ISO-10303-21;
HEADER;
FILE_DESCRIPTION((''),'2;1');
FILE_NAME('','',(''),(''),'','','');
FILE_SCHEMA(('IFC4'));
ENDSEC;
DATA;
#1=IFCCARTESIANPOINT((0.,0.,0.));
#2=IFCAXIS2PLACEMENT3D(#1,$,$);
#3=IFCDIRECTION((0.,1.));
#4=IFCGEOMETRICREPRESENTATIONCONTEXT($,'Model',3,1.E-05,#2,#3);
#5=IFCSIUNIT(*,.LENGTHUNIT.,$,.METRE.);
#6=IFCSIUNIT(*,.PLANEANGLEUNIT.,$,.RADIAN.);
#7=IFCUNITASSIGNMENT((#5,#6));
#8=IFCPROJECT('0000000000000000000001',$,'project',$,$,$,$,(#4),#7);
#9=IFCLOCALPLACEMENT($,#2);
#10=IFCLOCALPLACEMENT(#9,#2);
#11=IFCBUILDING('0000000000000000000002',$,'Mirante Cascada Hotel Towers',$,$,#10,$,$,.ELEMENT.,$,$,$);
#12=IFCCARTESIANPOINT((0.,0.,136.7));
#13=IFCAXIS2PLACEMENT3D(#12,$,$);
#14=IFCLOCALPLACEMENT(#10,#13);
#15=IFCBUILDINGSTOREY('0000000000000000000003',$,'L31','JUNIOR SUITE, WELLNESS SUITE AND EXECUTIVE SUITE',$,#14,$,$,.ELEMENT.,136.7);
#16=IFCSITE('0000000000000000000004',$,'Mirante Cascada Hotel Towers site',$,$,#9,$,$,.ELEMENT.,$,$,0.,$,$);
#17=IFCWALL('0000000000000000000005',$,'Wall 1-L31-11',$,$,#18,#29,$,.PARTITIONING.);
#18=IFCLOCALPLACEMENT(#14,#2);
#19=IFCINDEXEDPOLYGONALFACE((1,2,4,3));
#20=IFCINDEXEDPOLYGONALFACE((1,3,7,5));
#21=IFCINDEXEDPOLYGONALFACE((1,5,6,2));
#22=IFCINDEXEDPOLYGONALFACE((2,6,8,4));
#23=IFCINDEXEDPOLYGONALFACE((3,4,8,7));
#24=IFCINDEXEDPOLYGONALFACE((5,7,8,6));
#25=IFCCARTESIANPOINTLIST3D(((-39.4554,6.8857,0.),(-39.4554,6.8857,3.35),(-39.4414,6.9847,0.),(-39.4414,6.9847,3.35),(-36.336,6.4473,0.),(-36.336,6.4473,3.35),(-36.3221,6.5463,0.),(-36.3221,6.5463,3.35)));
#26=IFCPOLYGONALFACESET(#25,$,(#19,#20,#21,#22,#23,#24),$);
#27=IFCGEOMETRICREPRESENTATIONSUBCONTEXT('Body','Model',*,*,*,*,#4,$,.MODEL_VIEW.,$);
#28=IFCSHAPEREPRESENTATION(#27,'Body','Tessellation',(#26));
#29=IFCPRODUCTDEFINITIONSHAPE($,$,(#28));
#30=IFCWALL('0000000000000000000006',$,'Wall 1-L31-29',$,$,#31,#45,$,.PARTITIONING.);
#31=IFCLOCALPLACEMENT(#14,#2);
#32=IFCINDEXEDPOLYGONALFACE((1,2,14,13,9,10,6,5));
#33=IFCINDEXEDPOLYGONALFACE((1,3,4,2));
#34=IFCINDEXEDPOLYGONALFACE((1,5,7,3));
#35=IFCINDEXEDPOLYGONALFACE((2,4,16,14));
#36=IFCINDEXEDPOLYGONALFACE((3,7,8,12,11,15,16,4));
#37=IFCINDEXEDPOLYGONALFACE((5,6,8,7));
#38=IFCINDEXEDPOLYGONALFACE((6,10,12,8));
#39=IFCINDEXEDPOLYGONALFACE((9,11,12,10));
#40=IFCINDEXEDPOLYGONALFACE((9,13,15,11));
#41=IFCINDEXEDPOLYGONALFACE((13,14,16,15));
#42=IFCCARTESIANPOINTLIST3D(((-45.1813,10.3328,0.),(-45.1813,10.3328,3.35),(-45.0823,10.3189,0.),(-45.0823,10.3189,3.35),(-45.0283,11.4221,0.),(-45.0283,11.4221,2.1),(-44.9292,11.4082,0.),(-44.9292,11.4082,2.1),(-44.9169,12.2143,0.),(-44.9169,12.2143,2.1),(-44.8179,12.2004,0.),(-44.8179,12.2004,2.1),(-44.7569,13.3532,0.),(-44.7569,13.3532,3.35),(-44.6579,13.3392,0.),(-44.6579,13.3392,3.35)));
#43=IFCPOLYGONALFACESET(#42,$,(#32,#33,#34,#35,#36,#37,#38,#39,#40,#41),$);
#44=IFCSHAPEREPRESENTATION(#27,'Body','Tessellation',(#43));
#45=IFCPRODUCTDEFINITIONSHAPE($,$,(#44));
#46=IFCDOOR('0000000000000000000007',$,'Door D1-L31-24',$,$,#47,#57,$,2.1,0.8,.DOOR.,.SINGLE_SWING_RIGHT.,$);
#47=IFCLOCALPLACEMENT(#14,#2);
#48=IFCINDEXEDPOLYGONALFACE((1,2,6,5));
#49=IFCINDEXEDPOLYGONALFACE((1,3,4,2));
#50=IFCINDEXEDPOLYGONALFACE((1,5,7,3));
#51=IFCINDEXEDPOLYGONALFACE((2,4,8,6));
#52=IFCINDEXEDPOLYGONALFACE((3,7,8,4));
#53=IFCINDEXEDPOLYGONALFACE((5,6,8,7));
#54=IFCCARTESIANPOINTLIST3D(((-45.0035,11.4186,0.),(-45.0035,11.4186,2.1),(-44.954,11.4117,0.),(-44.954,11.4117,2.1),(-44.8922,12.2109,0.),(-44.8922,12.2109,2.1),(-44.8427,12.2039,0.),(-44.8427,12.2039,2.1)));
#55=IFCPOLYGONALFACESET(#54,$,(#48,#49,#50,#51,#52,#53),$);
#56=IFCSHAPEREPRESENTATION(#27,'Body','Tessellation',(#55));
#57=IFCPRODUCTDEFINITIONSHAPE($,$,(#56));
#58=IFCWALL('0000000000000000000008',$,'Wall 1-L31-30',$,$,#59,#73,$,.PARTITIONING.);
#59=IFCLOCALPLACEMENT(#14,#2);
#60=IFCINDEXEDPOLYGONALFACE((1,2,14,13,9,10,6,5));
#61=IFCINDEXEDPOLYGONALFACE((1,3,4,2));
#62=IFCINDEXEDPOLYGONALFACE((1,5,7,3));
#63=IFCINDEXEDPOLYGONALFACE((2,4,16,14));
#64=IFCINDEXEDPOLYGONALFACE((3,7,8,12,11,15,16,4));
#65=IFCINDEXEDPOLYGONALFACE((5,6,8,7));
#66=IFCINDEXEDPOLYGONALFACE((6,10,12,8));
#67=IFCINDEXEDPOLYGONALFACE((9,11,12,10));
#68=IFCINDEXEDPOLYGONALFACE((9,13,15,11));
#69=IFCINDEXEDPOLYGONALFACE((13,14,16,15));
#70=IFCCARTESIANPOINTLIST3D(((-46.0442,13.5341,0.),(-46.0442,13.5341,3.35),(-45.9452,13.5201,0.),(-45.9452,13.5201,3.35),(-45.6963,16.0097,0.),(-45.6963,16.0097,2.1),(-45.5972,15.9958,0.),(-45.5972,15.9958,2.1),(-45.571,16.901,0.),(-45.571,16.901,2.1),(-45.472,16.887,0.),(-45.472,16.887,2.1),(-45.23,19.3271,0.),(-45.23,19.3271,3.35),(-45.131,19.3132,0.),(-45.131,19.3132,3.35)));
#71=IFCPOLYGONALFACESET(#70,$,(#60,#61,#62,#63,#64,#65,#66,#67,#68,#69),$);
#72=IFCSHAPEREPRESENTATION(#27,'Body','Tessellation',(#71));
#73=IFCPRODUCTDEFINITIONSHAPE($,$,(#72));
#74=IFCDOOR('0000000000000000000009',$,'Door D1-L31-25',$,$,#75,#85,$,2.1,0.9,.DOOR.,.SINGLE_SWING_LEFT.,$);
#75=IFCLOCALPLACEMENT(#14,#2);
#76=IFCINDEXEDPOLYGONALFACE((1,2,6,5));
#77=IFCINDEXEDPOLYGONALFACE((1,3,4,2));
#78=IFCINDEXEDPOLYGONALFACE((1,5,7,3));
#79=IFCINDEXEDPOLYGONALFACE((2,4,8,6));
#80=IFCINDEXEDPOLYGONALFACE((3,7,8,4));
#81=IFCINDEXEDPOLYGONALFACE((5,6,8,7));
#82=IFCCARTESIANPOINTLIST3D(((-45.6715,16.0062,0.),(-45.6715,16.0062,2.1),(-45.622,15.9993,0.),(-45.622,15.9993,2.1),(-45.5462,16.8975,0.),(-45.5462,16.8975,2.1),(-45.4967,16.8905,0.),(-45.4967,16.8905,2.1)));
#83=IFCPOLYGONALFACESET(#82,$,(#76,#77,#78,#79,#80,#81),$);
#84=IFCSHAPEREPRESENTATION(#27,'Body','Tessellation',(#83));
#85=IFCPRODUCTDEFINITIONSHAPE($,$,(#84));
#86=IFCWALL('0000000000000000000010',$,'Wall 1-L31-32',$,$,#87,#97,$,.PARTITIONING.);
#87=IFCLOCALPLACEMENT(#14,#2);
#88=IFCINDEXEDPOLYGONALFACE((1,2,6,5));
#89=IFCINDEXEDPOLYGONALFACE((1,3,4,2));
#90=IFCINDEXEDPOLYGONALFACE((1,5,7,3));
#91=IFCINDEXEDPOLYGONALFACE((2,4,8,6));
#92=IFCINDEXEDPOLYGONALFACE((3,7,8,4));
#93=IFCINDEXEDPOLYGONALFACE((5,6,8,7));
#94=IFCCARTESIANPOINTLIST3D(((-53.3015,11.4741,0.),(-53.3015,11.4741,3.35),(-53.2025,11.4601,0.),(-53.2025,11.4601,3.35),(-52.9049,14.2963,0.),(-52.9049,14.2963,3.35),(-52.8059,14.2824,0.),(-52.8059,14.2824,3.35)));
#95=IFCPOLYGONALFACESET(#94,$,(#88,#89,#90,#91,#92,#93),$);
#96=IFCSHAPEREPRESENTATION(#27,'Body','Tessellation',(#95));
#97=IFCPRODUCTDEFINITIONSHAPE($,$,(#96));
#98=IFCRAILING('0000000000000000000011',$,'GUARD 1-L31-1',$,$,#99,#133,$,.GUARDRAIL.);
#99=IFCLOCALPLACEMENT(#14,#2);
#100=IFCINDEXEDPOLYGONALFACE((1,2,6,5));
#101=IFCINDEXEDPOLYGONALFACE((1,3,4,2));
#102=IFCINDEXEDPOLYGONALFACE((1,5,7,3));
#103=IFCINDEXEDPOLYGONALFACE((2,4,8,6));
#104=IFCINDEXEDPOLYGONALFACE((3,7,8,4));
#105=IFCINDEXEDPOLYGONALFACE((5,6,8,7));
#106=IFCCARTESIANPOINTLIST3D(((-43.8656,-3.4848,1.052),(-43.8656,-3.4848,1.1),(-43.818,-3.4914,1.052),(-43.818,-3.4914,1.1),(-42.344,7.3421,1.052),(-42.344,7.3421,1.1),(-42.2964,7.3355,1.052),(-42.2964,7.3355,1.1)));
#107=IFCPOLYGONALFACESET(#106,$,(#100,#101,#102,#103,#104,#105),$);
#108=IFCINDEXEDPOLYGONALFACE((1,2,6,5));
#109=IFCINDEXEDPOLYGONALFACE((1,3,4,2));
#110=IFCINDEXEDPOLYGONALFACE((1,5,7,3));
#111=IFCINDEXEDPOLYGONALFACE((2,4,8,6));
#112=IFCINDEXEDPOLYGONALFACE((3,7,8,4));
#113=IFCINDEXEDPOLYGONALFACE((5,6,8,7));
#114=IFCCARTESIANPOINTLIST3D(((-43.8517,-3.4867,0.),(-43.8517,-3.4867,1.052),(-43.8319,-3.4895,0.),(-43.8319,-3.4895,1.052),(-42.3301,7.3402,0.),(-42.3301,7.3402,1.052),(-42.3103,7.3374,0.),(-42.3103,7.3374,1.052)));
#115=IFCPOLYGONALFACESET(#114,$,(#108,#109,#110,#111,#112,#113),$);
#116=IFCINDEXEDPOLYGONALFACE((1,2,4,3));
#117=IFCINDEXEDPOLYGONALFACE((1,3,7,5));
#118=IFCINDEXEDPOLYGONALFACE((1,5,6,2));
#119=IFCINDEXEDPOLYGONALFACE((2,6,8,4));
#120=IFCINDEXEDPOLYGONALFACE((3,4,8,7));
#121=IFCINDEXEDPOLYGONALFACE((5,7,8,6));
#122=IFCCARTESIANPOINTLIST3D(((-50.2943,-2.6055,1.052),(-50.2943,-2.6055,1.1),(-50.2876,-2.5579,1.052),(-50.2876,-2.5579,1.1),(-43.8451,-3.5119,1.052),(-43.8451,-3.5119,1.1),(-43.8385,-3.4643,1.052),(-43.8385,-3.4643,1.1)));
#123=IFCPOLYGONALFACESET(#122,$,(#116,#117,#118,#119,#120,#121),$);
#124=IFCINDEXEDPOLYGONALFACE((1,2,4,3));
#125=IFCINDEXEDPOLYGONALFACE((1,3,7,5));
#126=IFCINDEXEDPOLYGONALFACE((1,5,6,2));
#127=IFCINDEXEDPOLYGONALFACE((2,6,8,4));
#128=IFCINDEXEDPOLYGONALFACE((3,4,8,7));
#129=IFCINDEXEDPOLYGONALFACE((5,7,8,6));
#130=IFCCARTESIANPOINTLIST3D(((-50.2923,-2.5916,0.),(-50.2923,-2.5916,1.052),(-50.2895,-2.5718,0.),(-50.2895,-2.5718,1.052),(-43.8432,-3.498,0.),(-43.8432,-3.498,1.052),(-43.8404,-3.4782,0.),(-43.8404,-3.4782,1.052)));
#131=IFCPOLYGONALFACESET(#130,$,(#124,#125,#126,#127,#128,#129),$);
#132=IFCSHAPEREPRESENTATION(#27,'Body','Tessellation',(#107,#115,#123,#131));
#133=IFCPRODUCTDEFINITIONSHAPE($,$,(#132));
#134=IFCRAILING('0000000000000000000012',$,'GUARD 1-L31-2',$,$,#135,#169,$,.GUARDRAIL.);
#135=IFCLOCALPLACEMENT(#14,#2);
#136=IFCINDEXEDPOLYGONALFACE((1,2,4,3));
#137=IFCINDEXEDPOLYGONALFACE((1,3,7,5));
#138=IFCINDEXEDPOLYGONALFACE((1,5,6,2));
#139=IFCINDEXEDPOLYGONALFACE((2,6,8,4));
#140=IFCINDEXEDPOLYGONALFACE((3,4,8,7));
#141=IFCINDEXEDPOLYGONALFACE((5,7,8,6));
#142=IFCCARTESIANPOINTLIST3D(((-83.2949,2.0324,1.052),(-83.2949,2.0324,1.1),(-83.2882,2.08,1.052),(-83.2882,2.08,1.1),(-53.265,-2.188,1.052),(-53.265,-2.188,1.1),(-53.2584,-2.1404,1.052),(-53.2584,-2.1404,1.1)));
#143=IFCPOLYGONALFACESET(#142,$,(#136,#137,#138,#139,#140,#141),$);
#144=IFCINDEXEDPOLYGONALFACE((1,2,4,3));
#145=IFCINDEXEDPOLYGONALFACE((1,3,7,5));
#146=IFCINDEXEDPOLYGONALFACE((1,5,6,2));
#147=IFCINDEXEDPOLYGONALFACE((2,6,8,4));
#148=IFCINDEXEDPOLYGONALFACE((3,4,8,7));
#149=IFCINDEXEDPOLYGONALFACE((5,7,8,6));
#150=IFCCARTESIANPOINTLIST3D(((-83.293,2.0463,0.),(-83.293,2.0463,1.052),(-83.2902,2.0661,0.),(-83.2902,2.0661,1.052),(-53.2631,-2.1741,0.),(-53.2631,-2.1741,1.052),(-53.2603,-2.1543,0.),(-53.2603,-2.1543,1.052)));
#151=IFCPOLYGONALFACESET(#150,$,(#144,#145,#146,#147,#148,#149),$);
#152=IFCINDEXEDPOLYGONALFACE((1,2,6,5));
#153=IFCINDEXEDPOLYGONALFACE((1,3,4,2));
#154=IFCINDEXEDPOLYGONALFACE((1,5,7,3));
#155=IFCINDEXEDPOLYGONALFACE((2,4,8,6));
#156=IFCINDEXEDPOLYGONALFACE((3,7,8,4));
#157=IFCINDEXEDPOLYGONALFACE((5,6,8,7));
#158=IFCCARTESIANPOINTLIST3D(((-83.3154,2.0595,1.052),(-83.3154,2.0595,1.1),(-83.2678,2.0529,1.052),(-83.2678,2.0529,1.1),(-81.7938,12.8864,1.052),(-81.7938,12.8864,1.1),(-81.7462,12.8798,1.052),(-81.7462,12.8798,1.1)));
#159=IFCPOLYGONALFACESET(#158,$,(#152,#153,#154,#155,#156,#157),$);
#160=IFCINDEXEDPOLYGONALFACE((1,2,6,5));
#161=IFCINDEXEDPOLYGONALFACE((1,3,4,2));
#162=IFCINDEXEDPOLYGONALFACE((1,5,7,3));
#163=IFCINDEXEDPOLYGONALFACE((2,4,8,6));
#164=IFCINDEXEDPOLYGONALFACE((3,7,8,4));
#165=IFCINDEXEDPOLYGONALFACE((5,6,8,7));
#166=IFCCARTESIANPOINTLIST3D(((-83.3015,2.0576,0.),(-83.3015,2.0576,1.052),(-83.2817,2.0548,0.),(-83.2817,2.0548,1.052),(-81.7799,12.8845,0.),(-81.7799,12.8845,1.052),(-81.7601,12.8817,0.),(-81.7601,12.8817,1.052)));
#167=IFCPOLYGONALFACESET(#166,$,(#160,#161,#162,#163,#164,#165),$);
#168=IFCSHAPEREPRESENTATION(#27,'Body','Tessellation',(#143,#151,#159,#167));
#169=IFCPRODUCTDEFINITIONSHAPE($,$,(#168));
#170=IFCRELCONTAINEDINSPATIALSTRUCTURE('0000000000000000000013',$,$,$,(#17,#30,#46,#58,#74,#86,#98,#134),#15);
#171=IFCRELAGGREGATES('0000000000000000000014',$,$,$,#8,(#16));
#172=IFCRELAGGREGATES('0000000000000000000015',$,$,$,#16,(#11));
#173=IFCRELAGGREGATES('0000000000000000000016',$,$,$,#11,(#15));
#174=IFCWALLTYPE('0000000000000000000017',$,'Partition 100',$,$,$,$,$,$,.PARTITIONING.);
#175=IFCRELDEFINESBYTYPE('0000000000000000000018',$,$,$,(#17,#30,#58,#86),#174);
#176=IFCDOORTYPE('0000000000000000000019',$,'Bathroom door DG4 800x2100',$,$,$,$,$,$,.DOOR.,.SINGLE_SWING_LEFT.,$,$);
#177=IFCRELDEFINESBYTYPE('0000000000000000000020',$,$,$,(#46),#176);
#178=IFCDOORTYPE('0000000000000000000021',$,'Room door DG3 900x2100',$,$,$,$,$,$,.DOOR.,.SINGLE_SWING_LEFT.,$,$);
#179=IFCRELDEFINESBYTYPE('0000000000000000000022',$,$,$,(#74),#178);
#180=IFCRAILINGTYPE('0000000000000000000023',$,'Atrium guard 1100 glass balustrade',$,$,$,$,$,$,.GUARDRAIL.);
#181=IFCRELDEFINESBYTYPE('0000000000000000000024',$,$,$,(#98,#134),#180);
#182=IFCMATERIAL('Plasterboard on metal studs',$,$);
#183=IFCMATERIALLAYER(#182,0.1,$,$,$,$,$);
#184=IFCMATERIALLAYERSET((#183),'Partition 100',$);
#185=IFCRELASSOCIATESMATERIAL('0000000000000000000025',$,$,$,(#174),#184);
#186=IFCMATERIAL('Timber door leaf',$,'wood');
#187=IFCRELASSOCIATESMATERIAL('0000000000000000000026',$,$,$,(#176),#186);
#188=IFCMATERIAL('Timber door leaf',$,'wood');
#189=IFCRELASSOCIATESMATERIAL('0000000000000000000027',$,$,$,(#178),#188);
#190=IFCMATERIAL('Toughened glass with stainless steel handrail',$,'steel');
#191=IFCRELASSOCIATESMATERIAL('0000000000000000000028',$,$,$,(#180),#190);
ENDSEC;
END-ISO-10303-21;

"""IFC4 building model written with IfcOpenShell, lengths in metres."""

from ifc_helpers import new_model, si_unit, direction, frame, frame_2d, origin, origin_2d, place, context, subcontext, project, spatial, rectangle, extrude, material, layer, layer_set, type_object, element, fill, save


model = new_model("IFC4")

# Units and contexts
model_context = context("Model", 3, precision=1e-05, world=origin(), true_north=direction((0.0, 1.0)))
body_context = subcontext(model_context, "Body", "Model", "MODEL_VIEW")
ifc_project = project(units=[si_unit("LENGTHUNIT", "METRE"), si_unit("PLANEANGLEUNIT", "RADIAN")], contexts=[model_context])

# Site, building, storey
site_placement = place(None, origin())
site = spatial("IfcSite", under=ifc_project, at=site_placement, Name="Mirante Cascada Hotel Towers site", CompositionType="ELEMENT", RefElevation=0.0)
building_placement = place(site_placement, origin())
building = spatial("IfcBuilding", under=site, at=building_placement, Name="Mirante Cascada Hotel Towers", CompositionType="ELEMENT")
storey_placement = place(building_placement, frame((0.0, 0.0, 136.7)))
storey = spatial("IfcBuildingStorey", under=building, at=storey_placement, Name="L31", Description="JUNIOR SUITE, WELLNESS SUITE AND EXECUTIVE SUITE", CompositionType="ELEMENT", Elevation=136.7)

# Wall
ifc_material_1 = material(Name="Plasterboard on metal studs")
ifc_layer_1 = layer(ifc_material_1, 0.1)
ifc_layer_set_1 = layer_set([ifc_layer_1], Name="Partition 100")
wall_type_1 = type_object("IfcWallType", Name="Partition 100", PredefinedType="PARTITIONING", material=ifc_layer_set_1)
wall_1_placement = place(storey_placement, frame((-39.4484, 6.9352, 0.0), z_axis=(0.0, 0.0, 1.0), x_axis=(0.990268, -0.139177, 0.0)))
element("IfcWall", 1, at=wall_1_placement, inside=storey, type_object=wall_type_1, Name="Wall 1-L31-11", PredefinedType="PARTITIONING", context=body_context, shape_type="SweptSolid", body=[
    extrude(rectangle(XDim=3.15, YDim=0.1, at=frame_2d((1.575, 0.0))), origin(), (0.0, 0.0, 1.0), 3.35),
])

# Walls, openings, doors
wall_2_placement = place(storey_placement, frame((-44.7074, 13.3462, 0.0), z_axis=(0.0, 0.0, 1.0), x_axis=(-0.139149, -0.990271, 0.0)))
wall_2 = element("IfcWall", 2, at=wall_2_placement, inside=storey, type_object=wall_type_1, Name="Wall 1-L31-29", PredefinedType="PARTITIONING", context=body_context, shape_type="SweptSolid", body=[
    extrude(rectangle(XDim=3.05, YDim=0.1, at=frame_2d((1.525, 0.0))), origin(), (0.0, 0.0, 1.0), 3.35),
])
opening_1_placement = place(wall_2_placement, frame((1.15, 0.0, 0.0)))
opening_1 = element("IfcOpeningElement", 3, at=opening_1_placement, cuts=wall_2, PredefinedType="OPENING", context=body_context, shape_type="SweptSolid", body=[
    extrude(rectangle(XDim=0.8, YDim=2.1, at=frame_2d((0.4, 1.05))), frame((0.0, 0.05, 0.0), z_axis=(0.0, -1.0, 0.0), x_axis=(1.0, 0.0, 0.0)), (0.0, 0.0, 1.0), 0.1),
])
ifc_material_2 = material(Name="Timber door leaf", Category="wood")
door_type_1 = type_object("IfcDoorType", Name="Bathroom door DG4 800x2100", OperationType="SINGLE_SWING_LEFT", PredefinedType="DOOR", material=ifc_material_2)
door_1_placement = place(opening_1_placement, frame((0.8, 0.0, 0.0), z_axis=(0.0, 0.0, 1.0), x_axis=(-1.0, 0.0, 0.0)))
door_1 = element("IfcDoor", 4, at=door_1_placement, inside=storey, type_object=door_type_1, Name="Door D1-L31-24", OperationType="SINGLE_SWING_RIGHT", OverallHeight=2.1, OverallWidth=0.8, PredefinedType="DOOR", context=body_context, shape_type="SweptSolid", body=[
    extrude(rectangle(XDim=0.8, YDim=2.1, at=frame_2d((0.4, 1.05))), frame((0.0, 0.025, 0.0), z_axis=(0.0, -1.0, 0.0), x_axis=(1.0, 0.0, 0.0)), (0.0, 0.0, 1.0), 0.05),
])
fill(opening_1, door_1)
wall_3_placement = place(storey_placement, frame((-45.9947, 13.5271, 0.0), z_axis=(0.0, 0.0, 1.0), x_axis=(0.139179, 0.990267, 0.0)))
wall_3 = element("IfcWall", 5, at=wall_3_placement, inside=storey, type_object=wall_type_1, Name="Wall 1-L31-30", PredefinedType="PARTITIONING", context=body_context, shape_type="SweptSolid", body=[
    extrude(rectangle(XDim=5.85, YDim=0.1, at=frame_2d((2.925, 0.0))), origin(), (0.0, 0.0, 1.0), 3.35),
])
opening_2_placement = place(wall_3_placement, frame((2.5, 0.0, 0.0)))
opening_2 = element("IfcOpeningElement", 6, at=opening_2_placement, cuts=wall_3, PredefinedType="OPENING", context=body_context, shape_type="SweptSolid", body=[
    extrude(rectangle(XDim=0.9, YDim=2.1, at=frame_2d((0.45, 1.05))), frame((0.0, 0.05, 0.0), z_axis=(0.0, -1.0, 0.0), x_axis=(1.0, 0.0, 0.0)), (0.0, 0.0, 1.0), 0.1),
])
ifc_material_3 = material(Name="Timber door leaf", Category="wood")
door_type_2 = type_object("IfcDoorType", Name="Room door DG3 900x2100", OperationType="SINGLE_SWING_LEFT", PredefinedType="DOOR", material=ifc_material_3)
door_2_placement = place(opening_2_placement, origin())
door_2 = element("IfcDoor", 7, at=door_2_placement, inside=storey, type_object=door_type_2, Name="Door D1-L31-25", OperationType="SINGLE_SWING_LEFT", OverallHeight=2.1, OverallWidth=0.9, PredefinedType="DOOR", context=body_context, shape_type="SweptSolid", body=[
    extrude(rectangle(XDim=0.9, YDim=2.1, at=frame_2d((0.45, 1.05))), frame((0.0, 0.025, 0.0), z_axis=(0.0, -1.0, 0.0), x_axis=(1.0, 0.0, 0.0)), (0.0, 0.0, 1.0), 0.05),
])
fill(opening_2, door_2)

# Wall
wall_4_placement = place(storey_placement, frame((-53.252, 11.4671, 0.0), z_axis=(0.0, 0.0, 1.0), x_axis=(0.139156, 0.99027, 0.0)))
element("IfcWall", 8, at=wall_4_placement, inside=storey, type_object=wall_type_1, Name="Wall 1-L31-32", PredefinedType="PARTITIONING", context=body_context, shape_type="SweptSolid", body=[
    extrude(rectangle(XDim=2.85, YDim=0.1, at=frame_2d((1.425, 0.0))), origin(), (0.0, 0.0, 1.0), 3.35),
])

# Railings
ifc_material_4 = material(Name="Toughened glass with stainless steel handrail", Category="steel")
railing_type = type_object("IfcRailingType", Name="Atrium guard 1100 glass balustrade", PredefinedType="GUARDRAIL", material=ifc_material_4)
railing_1_placement = place(storey_placement, frame((-42.3202, 7.3388, 0.0)))
element("IfcRailing", 9, at=railing_1_placement, inside=storey, type_object=railing_type, Name="GUARD 1-L31-1", PredefinedType="GUARDRAIL", context=body_context, shape_type="SweptSolid", body=[
    extrude(rectangle(XDim=0.048, YDim=0.048, at=origin_2d()), frame((0.0, 0.0, 1.076), z_axis=(-0.139171, -0.990268, 0.0), x_axis=(0.990268, -0.139171, 0.0)), (0.0, 0.0, 1.0), 10.9333),
    extrude(rectangle(XDim=0.02, YDim=1.052, at=origin_2d()), frame((0.0, 0.0, 0.526), z_axis=(-0.139171, -0.990268, 0.0), x_axis=(0.990268, -0.139171, 0.0)), (0.0, 0.0, 1.0), 10.9333),
    extrude(rectangle(XDim=0.048, YDim=0.048, at=origin_2d()), frame((-1.5216, -10.8269, 1.076), z_axis=(-0.990267, 0.139179, 0.0), x_axis=(-0.139179, -0.990267, 0.0)), (0.0, 0.0, 1.0), 6.5125),
    extrude(rectangle(XDim=0.02, YDim=1.052, at=origin_2d()), frame((-1.5216, -10.8269, 0.526), z_axis=(-0.990267, 0.139179, 0.0), x_axis=(-0.139179, -0.990267, 0.0)), (0.0, 0.0, 1.0), 6.5125),
])
railing_2_placement = place(storey_placement, frame((-53.2617, -2.1642, 0.0)))
element("IfcRailing", 10, at=railing_2_placement, inside=storey, type_object=railing_type, Name="GUARD 1-L31-2", PredefinedType="GUARDRAIL", context=body_context, shape_type="SweptSolid", body=[
    extrude(rectangle(XDim=0.048, YDim=0.048, at=origin_2d()), frame((0.0, 0.0, 1.076), z_axis=(-0.990268, 0.139172, 0.0), x_axis=(-0.139172, -0.990268, 0.0)), (0.0, 0.0, 1.0), 30.325),
    extrude(rectangle(XDim=0.02, YDim=1.052, at=origin_2d()), frame((0.0, 0.0, 0.526), z_axis=(-0.990268, 0.139172, 0.0), x_axis=(-0.139172, -0.990268, 0.0)), (0.0, 0.0, 1.0), 30.325),
    extrude(rectangle(XDim=0.048, YDim=0.048, at=origin_2d()), frame((-30.0299, 4.2204, 1.076), z_axis=(0.139171, 0.990268, 0.0), x_axis=(-0.990268, 0.139171, 0.0)), (0.0, 0.0, 1.0), 10.9333),
    extrude(rectangle(XDim=0.02, YDim=1.052, at=origin_2d()), frame((-30.0299, 4.2204, 0.526), z_axis=(0.139171, 0.990268, 0.0), x_axis=(-0.990268, 0.139171, 0.0)), (0.0, 0.0, 1.0), 10.9333),
])

save(model, "model.ifc")
